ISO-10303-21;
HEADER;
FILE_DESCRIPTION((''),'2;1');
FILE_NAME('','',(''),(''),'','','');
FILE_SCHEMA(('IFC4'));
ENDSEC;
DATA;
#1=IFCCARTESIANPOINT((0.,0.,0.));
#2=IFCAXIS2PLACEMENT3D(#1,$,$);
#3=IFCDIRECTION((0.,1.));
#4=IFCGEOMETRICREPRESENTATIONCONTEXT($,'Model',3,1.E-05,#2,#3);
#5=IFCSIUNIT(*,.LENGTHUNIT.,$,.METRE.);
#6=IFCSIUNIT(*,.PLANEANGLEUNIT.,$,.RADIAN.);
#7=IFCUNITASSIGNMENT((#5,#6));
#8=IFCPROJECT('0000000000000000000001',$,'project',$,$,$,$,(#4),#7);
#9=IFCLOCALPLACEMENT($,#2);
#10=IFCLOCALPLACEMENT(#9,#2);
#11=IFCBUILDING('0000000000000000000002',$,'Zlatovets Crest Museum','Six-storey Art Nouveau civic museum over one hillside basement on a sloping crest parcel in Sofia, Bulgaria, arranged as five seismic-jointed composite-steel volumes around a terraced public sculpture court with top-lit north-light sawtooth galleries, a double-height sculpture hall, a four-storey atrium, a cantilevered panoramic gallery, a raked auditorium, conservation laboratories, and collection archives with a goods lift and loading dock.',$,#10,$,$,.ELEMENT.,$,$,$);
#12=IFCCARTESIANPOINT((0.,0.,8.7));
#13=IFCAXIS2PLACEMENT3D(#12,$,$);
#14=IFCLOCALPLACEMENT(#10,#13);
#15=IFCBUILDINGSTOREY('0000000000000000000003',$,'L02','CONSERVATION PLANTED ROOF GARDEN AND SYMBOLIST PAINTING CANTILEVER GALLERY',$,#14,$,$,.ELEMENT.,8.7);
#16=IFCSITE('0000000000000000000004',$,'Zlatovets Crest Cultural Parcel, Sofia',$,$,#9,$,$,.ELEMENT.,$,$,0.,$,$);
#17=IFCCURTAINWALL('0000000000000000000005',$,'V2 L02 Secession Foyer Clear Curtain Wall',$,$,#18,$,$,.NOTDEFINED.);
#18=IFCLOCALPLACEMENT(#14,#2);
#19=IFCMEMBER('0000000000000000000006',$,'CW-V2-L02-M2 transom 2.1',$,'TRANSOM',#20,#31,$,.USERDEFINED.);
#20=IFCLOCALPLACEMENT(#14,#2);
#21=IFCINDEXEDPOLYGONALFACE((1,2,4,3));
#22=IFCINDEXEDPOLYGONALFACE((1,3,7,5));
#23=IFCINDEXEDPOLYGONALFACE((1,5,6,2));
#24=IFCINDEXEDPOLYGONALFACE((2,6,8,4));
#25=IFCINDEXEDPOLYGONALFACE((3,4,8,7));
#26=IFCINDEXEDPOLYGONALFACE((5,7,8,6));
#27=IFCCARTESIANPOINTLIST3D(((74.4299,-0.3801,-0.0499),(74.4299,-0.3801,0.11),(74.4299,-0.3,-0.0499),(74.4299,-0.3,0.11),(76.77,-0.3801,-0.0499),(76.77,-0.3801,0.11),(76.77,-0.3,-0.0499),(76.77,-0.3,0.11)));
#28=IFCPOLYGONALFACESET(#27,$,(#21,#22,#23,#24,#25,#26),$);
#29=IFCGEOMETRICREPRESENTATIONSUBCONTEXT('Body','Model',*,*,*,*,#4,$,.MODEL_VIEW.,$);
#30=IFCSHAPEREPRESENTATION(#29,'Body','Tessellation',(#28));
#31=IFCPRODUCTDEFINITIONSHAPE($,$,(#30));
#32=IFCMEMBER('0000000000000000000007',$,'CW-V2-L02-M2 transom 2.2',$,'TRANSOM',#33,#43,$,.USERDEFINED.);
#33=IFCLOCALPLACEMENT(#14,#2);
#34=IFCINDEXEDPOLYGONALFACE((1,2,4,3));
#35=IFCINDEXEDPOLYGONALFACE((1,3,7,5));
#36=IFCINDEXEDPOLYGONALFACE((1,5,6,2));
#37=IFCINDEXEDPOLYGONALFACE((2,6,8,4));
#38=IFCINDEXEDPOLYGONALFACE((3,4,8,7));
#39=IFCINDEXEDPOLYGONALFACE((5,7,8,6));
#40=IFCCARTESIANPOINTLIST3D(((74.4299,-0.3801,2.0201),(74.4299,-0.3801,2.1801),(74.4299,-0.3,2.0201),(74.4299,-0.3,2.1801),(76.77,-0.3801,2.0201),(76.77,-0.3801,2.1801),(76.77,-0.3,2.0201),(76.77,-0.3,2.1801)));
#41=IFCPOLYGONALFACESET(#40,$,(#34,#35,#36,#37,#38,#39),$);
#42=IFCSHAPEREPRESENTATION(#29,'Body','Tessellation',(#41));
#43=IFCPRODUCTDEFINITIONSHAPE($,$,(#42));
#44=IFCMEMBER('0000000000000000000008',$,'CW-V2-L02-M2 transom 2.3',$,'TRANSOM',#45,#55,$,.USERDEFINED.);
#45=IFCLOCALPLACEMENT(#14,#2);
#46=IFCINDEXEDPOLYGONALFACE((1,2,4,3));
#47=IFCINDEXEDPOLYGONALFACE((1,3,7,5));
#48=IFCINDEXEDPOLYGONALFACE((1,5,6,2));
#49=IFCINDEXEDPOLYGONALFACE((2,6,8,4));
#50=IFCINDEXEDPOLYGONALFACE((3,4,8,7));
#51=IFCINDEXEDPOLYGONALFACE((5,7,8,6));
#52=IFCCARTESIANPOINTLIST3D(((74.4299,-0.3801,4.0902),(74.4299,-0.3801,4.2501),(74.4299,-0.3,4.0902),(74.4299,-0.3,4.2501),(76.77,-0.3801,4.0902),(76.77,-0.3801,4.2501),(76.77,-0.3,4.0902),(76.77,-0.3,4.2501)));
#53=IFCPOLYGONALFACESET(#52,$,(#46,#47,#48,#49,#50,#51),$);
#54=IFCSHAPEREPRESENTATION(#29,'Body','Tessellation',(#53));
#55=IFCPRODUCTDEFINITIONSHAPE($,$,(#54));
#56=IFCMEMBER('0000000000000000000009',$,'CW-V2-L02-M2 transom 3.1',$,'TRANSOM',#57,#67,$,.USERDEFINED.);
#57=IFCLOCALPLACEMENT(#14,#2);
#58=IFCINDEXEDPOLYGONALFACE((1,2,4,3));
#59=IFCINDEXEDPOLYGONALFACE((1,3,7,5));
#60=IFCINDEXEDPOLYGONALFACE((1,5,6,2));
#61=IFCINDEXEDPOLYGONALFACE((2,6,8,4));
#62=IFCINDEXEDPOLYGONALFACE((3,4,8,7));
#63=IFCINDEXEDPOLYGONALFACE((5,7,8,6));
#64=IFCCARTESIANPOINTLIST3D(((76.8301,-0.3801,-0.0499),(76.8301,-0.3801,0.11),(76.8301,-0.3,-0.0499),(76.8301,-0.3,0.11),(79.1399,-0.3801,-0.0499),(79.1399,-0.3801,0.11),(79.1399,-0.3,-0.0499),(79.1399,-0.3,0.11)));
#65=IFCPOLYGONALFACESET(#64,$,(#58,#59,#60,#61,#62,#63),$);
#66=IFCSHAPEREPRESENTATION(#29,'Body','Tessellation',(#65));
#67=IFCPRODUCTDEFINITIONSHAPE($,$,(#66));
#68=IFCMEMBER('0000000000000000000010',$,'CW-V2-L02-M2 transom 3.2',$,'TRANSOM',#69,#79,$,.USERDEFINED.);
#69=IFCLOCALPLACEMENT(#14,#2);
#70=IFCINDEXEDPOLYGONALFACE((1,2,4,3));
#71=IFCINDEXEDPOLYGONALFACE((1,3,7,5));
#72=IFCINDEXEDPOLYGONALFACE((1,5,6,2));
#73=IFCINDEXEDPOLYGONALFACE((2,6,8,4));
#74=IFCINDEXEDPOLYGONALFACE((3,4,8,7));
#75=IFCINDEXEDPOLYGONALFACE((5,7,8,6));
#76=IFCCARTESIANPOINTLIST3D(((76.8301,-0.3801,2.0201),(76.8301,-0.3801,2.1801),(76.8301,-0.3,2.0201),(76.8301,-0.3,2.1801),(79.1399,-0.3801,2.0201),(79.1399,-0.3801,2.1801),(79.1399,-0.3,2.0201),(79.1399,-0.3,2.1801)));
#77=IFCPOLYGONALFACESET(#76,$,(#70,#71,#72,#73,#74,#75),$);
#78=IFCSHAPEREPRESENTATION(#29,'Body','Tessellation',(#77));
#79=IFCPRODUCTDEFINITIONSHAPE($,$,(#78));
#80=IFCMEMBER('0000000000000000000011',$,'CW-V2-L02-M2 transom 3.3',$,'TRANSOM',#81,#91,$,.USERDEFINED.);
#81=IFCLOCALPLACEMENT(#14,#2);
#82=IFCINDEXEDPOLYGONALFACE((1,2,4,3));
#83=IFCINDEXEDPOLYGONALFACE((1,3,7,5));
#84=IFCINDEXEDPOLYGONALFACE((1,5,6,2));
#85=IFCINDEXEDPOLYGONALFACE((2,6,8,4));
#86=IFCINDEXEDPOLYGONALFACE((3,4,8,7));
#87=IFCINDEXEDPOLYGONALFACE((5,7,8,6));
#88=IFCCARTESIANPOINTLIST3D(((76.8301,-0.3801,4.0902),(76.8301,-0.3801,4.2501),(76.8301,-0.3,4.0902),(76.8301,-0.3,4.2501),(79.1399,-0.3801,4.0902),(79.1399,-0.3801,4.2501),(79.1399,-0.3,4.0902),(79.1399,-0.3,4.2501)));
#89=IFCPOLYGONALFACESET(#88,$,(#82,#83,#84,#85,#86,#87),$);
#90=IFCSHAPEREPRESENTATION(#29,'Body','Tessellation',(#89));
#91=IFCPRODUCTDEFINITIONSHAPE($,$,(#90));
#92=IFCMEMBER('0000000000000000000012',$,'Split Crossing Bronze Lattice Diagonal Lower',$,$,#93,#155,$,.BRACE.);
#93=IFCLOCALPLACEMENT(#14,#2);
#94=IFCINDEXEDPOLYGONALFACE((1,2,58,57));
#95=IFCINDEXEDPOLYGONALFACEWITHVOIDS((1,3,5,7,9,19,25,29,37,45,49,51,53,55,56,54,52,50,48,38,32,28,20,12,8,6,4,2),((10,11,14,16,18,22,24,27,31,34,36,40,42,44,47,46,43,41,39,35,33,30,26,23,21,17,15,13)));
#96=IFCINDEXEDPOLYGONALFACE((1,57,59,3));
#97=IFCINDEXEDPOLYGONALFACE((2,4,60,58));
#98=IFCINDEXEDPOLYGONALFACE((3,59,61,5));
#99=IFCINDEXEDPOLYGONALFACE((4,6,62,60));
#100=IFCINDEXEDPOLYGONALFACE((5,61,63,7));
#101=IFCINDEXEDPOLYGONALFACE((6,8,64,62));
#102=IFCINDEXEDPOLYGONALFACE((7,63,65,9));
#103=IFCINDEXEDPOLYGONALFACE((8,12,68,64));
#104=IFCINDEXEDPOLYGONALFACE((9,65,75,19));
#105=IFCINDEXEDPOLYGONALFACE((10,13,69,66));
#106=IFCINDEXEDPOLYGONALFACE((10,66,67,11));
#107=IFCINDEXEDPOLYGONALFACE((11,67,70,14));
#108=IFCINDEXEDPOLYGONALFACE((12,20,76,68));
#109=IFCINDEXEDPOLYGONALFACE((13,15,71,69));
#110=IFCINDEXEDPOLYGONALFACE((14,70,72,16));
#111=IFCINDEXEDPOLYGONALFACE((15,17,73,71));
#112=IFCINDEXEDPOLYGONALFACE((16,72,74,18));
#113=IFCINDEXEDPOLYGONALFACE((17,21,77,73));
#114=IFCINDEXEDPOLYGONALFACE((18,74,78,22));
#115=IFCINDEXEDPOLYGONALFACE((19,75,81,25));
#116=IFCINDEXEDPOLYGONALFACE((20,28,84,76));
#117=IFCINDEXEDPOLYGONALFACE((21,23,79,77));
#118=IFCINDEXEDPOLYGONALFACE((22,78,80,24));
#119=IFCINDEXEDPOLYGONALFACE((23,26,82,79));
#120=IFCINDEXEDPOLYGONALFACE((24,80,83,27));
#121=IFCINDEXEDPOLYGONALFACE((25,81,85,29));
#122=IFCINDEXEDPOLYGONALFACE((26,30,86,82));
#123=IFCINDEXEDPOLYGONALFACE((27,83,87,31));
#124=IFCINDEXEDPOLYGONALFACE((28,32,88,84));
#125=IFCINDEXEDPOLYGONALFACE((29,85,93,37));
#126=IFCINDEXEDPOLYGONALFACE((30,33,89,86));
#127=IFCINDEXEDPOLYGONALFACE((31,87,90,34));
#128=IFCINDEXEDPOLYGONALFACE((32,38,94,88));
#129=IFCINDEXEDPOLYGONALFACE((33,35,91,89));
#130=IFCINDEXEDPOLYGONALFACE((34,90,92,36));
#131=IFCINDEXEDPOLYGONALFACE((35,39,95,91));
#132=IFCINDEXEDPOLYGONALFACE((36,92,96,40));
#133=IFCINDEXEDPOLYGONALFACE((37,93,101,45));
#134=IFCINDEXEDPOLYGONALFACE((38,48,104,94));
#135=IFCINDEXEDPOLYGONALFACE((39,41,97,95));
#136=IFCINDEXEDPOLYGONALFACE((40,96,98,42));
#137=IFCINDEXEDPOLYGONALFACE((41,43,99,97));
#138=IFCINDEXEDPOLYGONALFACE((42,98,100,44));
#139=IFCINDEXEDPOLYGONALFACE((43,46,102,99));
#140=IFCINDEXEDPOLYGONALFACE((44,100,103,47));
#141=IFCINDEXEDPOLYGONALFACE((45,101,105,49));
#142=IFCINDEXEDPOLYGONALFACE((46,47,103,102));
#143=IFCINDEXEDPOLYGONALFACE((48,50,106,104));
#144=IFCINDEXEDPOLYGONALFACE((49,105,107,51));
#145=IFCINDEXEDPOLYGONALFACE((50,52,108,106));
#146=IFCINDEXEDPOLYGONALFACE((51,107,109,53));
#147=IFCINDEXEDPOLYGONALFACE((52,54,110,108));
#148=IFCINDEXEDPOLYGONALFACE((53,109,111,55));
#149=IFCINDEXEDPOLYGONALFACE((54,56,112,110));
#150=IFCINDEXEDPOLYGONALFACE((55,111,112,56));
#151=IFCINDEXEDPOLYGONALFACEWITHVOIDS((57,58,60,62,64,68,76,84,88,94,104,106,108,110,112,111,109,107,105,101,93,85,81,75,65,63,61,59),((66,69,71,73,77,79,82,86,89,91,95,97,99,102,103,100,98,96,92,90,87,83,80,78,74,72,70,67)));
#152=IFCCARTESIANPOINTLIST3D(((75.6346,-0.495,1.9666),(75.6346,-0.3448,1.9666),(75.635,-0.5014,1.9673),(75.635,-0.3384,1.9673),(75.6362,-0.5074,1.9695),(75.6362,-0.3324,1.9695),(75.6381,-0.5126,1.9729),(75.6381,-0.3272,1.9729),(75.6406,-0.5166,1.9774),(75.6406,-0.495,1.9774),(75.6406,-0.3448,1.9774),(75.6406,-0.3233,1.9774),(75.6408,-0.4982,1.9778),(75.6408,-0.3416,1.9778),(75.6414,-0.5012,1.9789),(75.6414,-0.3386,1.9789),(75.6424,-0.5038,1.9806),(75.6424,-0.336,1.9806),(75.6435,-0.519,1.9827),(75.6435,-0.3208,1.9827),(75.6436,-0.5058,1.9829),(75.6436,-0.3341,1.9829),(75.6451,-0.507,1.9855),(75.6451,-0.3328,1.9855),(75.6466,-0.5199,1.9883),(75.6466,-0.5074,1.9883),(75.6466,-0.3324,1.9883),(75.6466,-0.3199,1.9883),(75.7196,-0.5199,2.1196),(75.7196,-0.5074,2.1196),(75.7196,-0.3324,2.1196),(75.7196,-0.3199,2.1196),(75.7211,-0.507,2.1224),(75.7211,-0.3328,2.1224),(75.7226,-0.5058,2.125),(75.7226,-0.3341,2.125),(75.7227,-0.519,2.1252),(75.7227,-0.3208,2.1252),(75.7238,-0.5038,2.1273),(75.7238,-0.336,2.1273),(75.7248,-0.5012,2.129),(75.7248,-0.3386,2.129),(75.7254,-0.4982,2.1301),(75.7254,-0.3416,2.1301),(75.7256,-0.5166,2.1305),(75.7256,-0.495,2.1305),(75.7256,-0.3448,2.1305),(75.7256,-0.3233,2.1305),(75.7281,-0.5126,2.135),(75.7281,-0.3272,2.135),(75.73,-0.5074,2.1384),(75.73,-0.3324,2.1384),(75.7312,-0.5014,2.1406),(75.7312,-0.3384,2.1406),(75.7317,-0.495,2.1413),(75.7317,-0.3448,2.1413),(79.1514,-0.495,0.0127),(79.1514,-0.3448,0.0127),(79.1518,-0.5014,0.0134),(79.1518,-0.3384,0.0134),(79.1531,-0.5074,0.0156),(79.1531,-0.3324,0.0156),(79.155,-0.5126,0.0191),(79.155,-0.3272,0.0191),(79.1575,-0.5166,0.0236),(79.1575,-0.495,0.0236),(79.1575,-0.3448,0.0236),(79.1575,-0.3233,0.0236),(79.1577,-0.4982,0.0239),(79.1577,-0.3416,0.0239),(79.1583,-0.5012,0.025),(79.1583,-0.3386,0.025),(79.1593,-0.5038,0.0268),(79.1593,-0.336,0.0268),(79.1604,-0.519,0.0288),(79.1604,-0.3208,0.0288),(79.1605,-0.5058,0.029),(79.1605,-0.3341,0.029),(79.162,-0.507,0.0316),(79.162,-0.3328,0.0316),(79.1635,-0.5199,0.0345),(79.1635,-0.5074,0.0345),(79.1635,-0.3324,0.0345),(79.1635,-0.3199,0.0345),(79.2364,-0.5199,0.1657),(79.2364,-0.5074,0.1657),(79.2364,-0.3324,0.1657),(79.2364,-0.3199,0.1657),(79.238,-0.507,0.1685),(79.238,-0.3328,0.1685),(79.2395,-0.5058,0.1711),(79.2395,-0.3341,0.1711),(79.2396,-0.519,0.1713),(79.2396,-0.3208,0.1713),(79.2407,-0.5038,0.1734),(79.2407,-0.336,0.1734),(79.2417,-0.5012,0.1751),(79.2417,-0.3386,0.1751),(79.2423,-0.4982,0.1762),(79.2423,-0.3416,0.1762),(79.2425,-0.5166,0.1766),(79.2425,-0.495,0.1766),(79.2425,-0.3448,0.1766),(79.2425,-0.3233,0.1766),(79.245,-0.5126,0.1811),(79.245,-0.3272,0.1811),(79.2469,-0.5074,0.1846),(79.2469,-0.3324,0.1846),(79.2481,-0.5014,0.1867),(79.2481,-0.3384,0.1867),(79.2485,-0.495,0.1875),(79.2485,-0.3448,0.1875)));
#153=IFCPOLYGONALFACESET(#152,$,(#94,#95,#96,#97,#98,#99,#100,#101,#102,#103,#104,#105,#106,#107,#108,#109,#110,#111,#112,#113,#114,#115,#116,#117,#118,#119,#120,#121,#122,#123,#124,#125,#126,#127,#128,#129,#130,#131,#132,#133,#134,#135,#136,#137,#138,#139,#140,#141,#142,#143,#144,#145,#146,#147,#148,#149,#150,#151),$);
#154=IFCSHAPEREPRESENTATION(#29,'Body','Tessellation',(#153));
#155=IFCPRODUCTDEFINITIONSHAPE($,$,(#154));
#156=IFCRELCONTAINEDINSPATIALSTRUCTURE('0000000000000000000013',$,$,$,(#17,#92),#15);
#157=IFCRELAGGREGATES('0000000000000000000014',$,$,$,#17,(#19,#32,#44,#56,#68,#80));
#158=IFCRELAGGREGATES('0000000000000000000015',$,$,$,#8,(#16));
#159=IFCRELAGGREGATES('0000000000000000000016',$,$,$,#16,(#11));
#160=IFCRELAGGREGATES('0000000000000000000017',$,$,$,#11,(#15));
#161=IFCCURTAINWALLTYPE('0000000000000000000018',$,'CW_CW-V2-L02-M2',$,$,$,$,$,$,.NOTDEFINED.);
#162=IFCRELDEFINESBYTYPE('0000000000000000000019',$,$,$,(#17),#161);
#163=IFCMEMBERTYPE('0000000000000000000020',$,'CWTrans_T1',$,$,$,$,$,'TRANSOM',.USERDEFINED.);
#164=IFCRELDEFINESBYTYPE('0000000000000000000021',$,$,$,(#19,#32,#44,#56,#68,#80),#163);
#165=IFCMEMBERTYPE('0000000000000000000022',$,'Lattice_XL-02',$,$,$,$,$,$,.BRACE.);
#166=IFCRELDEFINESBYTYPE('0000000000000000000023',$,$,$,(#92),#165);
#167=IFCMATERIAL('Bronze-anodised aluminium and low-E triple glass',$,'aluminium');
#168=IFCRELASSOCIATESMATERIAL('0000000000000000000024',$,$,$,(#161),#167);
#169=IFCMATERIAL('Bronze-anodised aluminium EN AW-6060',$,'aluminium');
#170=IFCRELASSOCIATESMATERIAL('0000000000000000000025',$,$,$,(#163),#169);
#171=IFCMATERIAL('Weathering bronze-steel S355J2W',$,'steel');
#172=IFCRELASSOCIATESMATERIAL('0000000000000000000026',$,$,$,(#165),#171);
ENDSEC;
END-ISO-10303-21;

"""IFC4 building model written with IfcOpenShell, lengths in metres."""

from ifc_helpers import new_model, si_unit, direction, frame, origin, origin_2d, place, context, subcontext, project, spatial, rectangle, hollow_rectangle, extrude, material, material_profile, profile_set, type_object, element, aggregate, save


model = new_model("IFC4")

# Units and contexts
model_context = context("Model", 3, precision=1e-05, world=origin(), true_north=direction((0.0, 1.0)))
body_context = subcontext(model_context, "Body", "Model", "MODEL_VIEW")
ifc_project = project(units=[si_unit("LENGTHUNIT", "METRE"), si_unit("PLANEANGLEUNIT", "RADIAN")], contexts=[model_context])

# Site, building, storey
site_placement = place(None, origin())
site = spatial("IfcSite", under=ifc_project, at=site_placement, Name="Zlatovets Crest Cultural Parcel, Sofia", CompositionType="ELEMENT", RefElevation=0.0)
building_placement = place(site_placement, origin())
building = spatial("IfcBuilding", under=site, at=building_placement, Name="Zlatovets Crest Museum", Description="Six-storey Art Nouveau civic museum over one hillside basement on a sloping crest parcel in Sofia, Bulgaria, arranged as five seismic-jointed composite-steel volumes around a terraced public sculpture court with top-lit north-light sawtooth galleries, a double-height sculpture hall, a four-storey atrium, a cantilevered panoramic gallery, a raked auditorium, conservation laboratories, and collection archives with a goods lift and loading dock.", CompositionType="ELEMENT")
storey_placement = place(building_placement, frame((0.0, 0.0, 8.7)))
storey = spatial("IfcBuildingStorey", under=building, at=storey_placement, Name="L02", Description="CONSERVATION PLANTED ROOF GARDEN AND SYMBOLIST PAINTING CANTILEVER GALLERY", CompositionType="ELEMENT", Elevation=8.7)

# Curtain wall, members
ifc_material_1 = material(Name="Bronze-anodised aluminium and low-E triple glass", Category="aluminium")
curtain_wall_type = type_object("IfcCurtainWallType", Name="CW_CW-V2-L02-M2", PredefinedType="NOTDEFINED", material=ifc_material_1)
curtain_wall_placement = place(storey_placement, origin())
curtain_wall = element("IfcCurtainWall", 1, at=curtain_wall_placement, inside=storey, type_object=curtain_wall_type, Name="V2 L02 Secession Foyer Clear Curtain Wall", PredefinedType="NOTDEFINED")
ifc_material_2 = material(Name="Bronze-anodised aluminium EN AW-6060", Category="aluminium")
ifc_material_profile_1 = material_profile(ifc_material_2, rectangle(XDim=0.0801, YDim=0.1599, at=origin_2d()), Name="ALU 80x160")
ifc_profile_set_1 = profile_set([ifc_material_profile_1], Name="Bronze-anodised aluminium EN AW-6060")
member_type_1 = type_object("IfcMemberType", Name="CWTrans_T1", ElementType="TRANSOM", PredefinedType="USERDEFINED", material=ifc_profile_set_1)
member_1_placement = place(storey_placement, frame((74.4299, -0.3401, 0.03), z_axis=(1.0, 0.0, 0.0), x_axis=(0.0, 1.0, 0.0)))
member_1 = element("IfcMember", 2, at=member_1_placement, type_object=member_type_1, Name="CW-V2-L02-M2 transom 2.1", ObjectType="TRANSOM", PredefinedType="USERDEFINED", context=body_context, shape_type="SweptSolid", body=[
    extrude(rectangle(XDim=0.0801, YDim=0.1599, at=origin_2d()), origin(), (0.0, 0.0, 1.0), 2.3401),
])
member_2_placement = place(storey_placement, frame((74.4299, -0.3401, 2.1001), z_axis=(1.0, 0.0, 0.0), x_axis=(0.0, 1.0, 0.0)))
member_2 = element("IfcMember", 3, at=member_2_placement, type_object=member_type_1, Name="CW-V2-L02-M2 transom 2.2", ObjectType="TRANSOM", PredefinedType="USERDEFINED", context=body_context, shape_type="SweptSolid", body=[
    extrude(rectangle(XDim=0.0801, YDim=0.1599, at=origin_2d()), origin(), (0.0, 0.0, 1.0), 2.3401),
])
member_3_placement = place(storey_placement, frame((74.4299, -0.3401, 4.1702), z_axis=(1.0, 0.0, 0.0), x_axis=(0.0, 1.0, 0.0)))
member_3 = element("IfcMember", 4, at=member_3_placement, type_object=member_type_1, Name="CW-V2-L02-M2 transom 2.3", ObjectType="TRANSOM", PredefinedType="USERDEFINED", context=body_context, shape_type="SweptSolid", body=[
    extrude(rectangle(XDim=0.0801, YDim=0.1599, at=origin_2d()), origin(), (0.0, 0.0, 1.0), 2.3401),
])
member_4_placement = place(storey_placement, frame((76.8301, -0.3401, 0.03), z_axis=(1.0, 0.0, 0.0), x_axis=(0.0, 1.0, 0.0)))
member_4 = element("IfcMember", 5, at=member_4_placement, type_object=member_type_1, Name="CW-V2-L02-M2 transom 3.1", ObjectType="TRANSOM", PredefinedType="USERDEFINED", context=body_context, shape_type="SweptSolid", body=[
    extrude(rectangle(XDim=0.0801, YDim=0.1599, at=origin_2d()), origin(), (0.0, 0.0, 1.0), 2.3098),
])
member_5_placement = place(storey_placement, frame((76.8301, -0.3401, 2.1001), z_axis=(1.0, 0.0, 0.0), x_axis=(0.0, 1.0, 0.0)))
member_5 = element("IfcMember", 6, at=member_5_placement, type_object=member_type_1, Name="CW-V2-L02-M2 transom 3.2", ObjectType="TRANSOM", PredefinedType="USERDEFINED", context=body_context, shape_type="SweptSolid", body=[
    extrude(rectangle(XDim=0.0801, YDim=0.1599, at=origin_2d()), origin(), (0.0, 0.0, 1.0), 2.3098),
])
member_6_placement = place(storey_placement, frame((76.8301, -0.3401, 4.1702), z_axis=(1.0, 0.0, 0.0), x_axis=(0.0, 1.0, 0.0)))
member_6 = element("IfcMember", 7, at=member_6_placement, type_object=member_type_1, Name="CW-V2-L02-M2 transom 3.3", ObjectType="TRANSOM", PredefinedType="USERDEFINED", context=body_context, shape_type="SweptSolid", body=[
    extrude(rectangle(XDim=0.0801, YDim=0.1599, at=origin_2d()), origin(), (0.0, 0.0, 1.0), 2.3098),
])

# Member
ifc_material_3 = material(Name="Weathering bronze-steel S355J2W", Category="steel")
ifc_material_profile_2 = material_profile(ifc_material_3, hollow_rectangle(XDim=0.2, YDim=0.2, WallThickness=0.0125, InnerFilletRadius=0.0125, OuterFilletRadius=0.0249, at=origin_2d()), Name="SHS 200x200x12.5")
ifc_profile_set_2 = profile_set([ifc_material_profile_2], Name="Weathering bronze-steel S355J2W")
member_type_2 = type_object("IfcMemberType", Name="Lattice_XL-02", PredefinedType="BRACE", material=ifc_profile_set_2)
member_7_placement = place(storey_placement, frame((75.6831, -0.4199, 2.054), z_axis=(0.874152, 0.0, -0.485653), x_axis=(0.0, 1.0, 0.0)))
element("IfcMember", 8, at=member_7_placement, inside=storey, type_object=member_type_2, Name="Split Crossing Bronze Lattice Diagonal Lower", PredefinedType="BRACE", context=body_context, shape_type="SweptSolid", body=[
    extrude(hollow_rectangle(XDim=0.2, YDim=0.2, WallThickness=0.0125, InnerFilletRadius=0.0125, OuterFilletRadius=0.0249, at=origin_2d()), origin(), (0.0, 0.0, 1.0), 4.0232),
])

aggregate(curtain_wall, [member_1, member_2, member_3, member_4, member_5, member_6])

save(model, "model.ifc")
